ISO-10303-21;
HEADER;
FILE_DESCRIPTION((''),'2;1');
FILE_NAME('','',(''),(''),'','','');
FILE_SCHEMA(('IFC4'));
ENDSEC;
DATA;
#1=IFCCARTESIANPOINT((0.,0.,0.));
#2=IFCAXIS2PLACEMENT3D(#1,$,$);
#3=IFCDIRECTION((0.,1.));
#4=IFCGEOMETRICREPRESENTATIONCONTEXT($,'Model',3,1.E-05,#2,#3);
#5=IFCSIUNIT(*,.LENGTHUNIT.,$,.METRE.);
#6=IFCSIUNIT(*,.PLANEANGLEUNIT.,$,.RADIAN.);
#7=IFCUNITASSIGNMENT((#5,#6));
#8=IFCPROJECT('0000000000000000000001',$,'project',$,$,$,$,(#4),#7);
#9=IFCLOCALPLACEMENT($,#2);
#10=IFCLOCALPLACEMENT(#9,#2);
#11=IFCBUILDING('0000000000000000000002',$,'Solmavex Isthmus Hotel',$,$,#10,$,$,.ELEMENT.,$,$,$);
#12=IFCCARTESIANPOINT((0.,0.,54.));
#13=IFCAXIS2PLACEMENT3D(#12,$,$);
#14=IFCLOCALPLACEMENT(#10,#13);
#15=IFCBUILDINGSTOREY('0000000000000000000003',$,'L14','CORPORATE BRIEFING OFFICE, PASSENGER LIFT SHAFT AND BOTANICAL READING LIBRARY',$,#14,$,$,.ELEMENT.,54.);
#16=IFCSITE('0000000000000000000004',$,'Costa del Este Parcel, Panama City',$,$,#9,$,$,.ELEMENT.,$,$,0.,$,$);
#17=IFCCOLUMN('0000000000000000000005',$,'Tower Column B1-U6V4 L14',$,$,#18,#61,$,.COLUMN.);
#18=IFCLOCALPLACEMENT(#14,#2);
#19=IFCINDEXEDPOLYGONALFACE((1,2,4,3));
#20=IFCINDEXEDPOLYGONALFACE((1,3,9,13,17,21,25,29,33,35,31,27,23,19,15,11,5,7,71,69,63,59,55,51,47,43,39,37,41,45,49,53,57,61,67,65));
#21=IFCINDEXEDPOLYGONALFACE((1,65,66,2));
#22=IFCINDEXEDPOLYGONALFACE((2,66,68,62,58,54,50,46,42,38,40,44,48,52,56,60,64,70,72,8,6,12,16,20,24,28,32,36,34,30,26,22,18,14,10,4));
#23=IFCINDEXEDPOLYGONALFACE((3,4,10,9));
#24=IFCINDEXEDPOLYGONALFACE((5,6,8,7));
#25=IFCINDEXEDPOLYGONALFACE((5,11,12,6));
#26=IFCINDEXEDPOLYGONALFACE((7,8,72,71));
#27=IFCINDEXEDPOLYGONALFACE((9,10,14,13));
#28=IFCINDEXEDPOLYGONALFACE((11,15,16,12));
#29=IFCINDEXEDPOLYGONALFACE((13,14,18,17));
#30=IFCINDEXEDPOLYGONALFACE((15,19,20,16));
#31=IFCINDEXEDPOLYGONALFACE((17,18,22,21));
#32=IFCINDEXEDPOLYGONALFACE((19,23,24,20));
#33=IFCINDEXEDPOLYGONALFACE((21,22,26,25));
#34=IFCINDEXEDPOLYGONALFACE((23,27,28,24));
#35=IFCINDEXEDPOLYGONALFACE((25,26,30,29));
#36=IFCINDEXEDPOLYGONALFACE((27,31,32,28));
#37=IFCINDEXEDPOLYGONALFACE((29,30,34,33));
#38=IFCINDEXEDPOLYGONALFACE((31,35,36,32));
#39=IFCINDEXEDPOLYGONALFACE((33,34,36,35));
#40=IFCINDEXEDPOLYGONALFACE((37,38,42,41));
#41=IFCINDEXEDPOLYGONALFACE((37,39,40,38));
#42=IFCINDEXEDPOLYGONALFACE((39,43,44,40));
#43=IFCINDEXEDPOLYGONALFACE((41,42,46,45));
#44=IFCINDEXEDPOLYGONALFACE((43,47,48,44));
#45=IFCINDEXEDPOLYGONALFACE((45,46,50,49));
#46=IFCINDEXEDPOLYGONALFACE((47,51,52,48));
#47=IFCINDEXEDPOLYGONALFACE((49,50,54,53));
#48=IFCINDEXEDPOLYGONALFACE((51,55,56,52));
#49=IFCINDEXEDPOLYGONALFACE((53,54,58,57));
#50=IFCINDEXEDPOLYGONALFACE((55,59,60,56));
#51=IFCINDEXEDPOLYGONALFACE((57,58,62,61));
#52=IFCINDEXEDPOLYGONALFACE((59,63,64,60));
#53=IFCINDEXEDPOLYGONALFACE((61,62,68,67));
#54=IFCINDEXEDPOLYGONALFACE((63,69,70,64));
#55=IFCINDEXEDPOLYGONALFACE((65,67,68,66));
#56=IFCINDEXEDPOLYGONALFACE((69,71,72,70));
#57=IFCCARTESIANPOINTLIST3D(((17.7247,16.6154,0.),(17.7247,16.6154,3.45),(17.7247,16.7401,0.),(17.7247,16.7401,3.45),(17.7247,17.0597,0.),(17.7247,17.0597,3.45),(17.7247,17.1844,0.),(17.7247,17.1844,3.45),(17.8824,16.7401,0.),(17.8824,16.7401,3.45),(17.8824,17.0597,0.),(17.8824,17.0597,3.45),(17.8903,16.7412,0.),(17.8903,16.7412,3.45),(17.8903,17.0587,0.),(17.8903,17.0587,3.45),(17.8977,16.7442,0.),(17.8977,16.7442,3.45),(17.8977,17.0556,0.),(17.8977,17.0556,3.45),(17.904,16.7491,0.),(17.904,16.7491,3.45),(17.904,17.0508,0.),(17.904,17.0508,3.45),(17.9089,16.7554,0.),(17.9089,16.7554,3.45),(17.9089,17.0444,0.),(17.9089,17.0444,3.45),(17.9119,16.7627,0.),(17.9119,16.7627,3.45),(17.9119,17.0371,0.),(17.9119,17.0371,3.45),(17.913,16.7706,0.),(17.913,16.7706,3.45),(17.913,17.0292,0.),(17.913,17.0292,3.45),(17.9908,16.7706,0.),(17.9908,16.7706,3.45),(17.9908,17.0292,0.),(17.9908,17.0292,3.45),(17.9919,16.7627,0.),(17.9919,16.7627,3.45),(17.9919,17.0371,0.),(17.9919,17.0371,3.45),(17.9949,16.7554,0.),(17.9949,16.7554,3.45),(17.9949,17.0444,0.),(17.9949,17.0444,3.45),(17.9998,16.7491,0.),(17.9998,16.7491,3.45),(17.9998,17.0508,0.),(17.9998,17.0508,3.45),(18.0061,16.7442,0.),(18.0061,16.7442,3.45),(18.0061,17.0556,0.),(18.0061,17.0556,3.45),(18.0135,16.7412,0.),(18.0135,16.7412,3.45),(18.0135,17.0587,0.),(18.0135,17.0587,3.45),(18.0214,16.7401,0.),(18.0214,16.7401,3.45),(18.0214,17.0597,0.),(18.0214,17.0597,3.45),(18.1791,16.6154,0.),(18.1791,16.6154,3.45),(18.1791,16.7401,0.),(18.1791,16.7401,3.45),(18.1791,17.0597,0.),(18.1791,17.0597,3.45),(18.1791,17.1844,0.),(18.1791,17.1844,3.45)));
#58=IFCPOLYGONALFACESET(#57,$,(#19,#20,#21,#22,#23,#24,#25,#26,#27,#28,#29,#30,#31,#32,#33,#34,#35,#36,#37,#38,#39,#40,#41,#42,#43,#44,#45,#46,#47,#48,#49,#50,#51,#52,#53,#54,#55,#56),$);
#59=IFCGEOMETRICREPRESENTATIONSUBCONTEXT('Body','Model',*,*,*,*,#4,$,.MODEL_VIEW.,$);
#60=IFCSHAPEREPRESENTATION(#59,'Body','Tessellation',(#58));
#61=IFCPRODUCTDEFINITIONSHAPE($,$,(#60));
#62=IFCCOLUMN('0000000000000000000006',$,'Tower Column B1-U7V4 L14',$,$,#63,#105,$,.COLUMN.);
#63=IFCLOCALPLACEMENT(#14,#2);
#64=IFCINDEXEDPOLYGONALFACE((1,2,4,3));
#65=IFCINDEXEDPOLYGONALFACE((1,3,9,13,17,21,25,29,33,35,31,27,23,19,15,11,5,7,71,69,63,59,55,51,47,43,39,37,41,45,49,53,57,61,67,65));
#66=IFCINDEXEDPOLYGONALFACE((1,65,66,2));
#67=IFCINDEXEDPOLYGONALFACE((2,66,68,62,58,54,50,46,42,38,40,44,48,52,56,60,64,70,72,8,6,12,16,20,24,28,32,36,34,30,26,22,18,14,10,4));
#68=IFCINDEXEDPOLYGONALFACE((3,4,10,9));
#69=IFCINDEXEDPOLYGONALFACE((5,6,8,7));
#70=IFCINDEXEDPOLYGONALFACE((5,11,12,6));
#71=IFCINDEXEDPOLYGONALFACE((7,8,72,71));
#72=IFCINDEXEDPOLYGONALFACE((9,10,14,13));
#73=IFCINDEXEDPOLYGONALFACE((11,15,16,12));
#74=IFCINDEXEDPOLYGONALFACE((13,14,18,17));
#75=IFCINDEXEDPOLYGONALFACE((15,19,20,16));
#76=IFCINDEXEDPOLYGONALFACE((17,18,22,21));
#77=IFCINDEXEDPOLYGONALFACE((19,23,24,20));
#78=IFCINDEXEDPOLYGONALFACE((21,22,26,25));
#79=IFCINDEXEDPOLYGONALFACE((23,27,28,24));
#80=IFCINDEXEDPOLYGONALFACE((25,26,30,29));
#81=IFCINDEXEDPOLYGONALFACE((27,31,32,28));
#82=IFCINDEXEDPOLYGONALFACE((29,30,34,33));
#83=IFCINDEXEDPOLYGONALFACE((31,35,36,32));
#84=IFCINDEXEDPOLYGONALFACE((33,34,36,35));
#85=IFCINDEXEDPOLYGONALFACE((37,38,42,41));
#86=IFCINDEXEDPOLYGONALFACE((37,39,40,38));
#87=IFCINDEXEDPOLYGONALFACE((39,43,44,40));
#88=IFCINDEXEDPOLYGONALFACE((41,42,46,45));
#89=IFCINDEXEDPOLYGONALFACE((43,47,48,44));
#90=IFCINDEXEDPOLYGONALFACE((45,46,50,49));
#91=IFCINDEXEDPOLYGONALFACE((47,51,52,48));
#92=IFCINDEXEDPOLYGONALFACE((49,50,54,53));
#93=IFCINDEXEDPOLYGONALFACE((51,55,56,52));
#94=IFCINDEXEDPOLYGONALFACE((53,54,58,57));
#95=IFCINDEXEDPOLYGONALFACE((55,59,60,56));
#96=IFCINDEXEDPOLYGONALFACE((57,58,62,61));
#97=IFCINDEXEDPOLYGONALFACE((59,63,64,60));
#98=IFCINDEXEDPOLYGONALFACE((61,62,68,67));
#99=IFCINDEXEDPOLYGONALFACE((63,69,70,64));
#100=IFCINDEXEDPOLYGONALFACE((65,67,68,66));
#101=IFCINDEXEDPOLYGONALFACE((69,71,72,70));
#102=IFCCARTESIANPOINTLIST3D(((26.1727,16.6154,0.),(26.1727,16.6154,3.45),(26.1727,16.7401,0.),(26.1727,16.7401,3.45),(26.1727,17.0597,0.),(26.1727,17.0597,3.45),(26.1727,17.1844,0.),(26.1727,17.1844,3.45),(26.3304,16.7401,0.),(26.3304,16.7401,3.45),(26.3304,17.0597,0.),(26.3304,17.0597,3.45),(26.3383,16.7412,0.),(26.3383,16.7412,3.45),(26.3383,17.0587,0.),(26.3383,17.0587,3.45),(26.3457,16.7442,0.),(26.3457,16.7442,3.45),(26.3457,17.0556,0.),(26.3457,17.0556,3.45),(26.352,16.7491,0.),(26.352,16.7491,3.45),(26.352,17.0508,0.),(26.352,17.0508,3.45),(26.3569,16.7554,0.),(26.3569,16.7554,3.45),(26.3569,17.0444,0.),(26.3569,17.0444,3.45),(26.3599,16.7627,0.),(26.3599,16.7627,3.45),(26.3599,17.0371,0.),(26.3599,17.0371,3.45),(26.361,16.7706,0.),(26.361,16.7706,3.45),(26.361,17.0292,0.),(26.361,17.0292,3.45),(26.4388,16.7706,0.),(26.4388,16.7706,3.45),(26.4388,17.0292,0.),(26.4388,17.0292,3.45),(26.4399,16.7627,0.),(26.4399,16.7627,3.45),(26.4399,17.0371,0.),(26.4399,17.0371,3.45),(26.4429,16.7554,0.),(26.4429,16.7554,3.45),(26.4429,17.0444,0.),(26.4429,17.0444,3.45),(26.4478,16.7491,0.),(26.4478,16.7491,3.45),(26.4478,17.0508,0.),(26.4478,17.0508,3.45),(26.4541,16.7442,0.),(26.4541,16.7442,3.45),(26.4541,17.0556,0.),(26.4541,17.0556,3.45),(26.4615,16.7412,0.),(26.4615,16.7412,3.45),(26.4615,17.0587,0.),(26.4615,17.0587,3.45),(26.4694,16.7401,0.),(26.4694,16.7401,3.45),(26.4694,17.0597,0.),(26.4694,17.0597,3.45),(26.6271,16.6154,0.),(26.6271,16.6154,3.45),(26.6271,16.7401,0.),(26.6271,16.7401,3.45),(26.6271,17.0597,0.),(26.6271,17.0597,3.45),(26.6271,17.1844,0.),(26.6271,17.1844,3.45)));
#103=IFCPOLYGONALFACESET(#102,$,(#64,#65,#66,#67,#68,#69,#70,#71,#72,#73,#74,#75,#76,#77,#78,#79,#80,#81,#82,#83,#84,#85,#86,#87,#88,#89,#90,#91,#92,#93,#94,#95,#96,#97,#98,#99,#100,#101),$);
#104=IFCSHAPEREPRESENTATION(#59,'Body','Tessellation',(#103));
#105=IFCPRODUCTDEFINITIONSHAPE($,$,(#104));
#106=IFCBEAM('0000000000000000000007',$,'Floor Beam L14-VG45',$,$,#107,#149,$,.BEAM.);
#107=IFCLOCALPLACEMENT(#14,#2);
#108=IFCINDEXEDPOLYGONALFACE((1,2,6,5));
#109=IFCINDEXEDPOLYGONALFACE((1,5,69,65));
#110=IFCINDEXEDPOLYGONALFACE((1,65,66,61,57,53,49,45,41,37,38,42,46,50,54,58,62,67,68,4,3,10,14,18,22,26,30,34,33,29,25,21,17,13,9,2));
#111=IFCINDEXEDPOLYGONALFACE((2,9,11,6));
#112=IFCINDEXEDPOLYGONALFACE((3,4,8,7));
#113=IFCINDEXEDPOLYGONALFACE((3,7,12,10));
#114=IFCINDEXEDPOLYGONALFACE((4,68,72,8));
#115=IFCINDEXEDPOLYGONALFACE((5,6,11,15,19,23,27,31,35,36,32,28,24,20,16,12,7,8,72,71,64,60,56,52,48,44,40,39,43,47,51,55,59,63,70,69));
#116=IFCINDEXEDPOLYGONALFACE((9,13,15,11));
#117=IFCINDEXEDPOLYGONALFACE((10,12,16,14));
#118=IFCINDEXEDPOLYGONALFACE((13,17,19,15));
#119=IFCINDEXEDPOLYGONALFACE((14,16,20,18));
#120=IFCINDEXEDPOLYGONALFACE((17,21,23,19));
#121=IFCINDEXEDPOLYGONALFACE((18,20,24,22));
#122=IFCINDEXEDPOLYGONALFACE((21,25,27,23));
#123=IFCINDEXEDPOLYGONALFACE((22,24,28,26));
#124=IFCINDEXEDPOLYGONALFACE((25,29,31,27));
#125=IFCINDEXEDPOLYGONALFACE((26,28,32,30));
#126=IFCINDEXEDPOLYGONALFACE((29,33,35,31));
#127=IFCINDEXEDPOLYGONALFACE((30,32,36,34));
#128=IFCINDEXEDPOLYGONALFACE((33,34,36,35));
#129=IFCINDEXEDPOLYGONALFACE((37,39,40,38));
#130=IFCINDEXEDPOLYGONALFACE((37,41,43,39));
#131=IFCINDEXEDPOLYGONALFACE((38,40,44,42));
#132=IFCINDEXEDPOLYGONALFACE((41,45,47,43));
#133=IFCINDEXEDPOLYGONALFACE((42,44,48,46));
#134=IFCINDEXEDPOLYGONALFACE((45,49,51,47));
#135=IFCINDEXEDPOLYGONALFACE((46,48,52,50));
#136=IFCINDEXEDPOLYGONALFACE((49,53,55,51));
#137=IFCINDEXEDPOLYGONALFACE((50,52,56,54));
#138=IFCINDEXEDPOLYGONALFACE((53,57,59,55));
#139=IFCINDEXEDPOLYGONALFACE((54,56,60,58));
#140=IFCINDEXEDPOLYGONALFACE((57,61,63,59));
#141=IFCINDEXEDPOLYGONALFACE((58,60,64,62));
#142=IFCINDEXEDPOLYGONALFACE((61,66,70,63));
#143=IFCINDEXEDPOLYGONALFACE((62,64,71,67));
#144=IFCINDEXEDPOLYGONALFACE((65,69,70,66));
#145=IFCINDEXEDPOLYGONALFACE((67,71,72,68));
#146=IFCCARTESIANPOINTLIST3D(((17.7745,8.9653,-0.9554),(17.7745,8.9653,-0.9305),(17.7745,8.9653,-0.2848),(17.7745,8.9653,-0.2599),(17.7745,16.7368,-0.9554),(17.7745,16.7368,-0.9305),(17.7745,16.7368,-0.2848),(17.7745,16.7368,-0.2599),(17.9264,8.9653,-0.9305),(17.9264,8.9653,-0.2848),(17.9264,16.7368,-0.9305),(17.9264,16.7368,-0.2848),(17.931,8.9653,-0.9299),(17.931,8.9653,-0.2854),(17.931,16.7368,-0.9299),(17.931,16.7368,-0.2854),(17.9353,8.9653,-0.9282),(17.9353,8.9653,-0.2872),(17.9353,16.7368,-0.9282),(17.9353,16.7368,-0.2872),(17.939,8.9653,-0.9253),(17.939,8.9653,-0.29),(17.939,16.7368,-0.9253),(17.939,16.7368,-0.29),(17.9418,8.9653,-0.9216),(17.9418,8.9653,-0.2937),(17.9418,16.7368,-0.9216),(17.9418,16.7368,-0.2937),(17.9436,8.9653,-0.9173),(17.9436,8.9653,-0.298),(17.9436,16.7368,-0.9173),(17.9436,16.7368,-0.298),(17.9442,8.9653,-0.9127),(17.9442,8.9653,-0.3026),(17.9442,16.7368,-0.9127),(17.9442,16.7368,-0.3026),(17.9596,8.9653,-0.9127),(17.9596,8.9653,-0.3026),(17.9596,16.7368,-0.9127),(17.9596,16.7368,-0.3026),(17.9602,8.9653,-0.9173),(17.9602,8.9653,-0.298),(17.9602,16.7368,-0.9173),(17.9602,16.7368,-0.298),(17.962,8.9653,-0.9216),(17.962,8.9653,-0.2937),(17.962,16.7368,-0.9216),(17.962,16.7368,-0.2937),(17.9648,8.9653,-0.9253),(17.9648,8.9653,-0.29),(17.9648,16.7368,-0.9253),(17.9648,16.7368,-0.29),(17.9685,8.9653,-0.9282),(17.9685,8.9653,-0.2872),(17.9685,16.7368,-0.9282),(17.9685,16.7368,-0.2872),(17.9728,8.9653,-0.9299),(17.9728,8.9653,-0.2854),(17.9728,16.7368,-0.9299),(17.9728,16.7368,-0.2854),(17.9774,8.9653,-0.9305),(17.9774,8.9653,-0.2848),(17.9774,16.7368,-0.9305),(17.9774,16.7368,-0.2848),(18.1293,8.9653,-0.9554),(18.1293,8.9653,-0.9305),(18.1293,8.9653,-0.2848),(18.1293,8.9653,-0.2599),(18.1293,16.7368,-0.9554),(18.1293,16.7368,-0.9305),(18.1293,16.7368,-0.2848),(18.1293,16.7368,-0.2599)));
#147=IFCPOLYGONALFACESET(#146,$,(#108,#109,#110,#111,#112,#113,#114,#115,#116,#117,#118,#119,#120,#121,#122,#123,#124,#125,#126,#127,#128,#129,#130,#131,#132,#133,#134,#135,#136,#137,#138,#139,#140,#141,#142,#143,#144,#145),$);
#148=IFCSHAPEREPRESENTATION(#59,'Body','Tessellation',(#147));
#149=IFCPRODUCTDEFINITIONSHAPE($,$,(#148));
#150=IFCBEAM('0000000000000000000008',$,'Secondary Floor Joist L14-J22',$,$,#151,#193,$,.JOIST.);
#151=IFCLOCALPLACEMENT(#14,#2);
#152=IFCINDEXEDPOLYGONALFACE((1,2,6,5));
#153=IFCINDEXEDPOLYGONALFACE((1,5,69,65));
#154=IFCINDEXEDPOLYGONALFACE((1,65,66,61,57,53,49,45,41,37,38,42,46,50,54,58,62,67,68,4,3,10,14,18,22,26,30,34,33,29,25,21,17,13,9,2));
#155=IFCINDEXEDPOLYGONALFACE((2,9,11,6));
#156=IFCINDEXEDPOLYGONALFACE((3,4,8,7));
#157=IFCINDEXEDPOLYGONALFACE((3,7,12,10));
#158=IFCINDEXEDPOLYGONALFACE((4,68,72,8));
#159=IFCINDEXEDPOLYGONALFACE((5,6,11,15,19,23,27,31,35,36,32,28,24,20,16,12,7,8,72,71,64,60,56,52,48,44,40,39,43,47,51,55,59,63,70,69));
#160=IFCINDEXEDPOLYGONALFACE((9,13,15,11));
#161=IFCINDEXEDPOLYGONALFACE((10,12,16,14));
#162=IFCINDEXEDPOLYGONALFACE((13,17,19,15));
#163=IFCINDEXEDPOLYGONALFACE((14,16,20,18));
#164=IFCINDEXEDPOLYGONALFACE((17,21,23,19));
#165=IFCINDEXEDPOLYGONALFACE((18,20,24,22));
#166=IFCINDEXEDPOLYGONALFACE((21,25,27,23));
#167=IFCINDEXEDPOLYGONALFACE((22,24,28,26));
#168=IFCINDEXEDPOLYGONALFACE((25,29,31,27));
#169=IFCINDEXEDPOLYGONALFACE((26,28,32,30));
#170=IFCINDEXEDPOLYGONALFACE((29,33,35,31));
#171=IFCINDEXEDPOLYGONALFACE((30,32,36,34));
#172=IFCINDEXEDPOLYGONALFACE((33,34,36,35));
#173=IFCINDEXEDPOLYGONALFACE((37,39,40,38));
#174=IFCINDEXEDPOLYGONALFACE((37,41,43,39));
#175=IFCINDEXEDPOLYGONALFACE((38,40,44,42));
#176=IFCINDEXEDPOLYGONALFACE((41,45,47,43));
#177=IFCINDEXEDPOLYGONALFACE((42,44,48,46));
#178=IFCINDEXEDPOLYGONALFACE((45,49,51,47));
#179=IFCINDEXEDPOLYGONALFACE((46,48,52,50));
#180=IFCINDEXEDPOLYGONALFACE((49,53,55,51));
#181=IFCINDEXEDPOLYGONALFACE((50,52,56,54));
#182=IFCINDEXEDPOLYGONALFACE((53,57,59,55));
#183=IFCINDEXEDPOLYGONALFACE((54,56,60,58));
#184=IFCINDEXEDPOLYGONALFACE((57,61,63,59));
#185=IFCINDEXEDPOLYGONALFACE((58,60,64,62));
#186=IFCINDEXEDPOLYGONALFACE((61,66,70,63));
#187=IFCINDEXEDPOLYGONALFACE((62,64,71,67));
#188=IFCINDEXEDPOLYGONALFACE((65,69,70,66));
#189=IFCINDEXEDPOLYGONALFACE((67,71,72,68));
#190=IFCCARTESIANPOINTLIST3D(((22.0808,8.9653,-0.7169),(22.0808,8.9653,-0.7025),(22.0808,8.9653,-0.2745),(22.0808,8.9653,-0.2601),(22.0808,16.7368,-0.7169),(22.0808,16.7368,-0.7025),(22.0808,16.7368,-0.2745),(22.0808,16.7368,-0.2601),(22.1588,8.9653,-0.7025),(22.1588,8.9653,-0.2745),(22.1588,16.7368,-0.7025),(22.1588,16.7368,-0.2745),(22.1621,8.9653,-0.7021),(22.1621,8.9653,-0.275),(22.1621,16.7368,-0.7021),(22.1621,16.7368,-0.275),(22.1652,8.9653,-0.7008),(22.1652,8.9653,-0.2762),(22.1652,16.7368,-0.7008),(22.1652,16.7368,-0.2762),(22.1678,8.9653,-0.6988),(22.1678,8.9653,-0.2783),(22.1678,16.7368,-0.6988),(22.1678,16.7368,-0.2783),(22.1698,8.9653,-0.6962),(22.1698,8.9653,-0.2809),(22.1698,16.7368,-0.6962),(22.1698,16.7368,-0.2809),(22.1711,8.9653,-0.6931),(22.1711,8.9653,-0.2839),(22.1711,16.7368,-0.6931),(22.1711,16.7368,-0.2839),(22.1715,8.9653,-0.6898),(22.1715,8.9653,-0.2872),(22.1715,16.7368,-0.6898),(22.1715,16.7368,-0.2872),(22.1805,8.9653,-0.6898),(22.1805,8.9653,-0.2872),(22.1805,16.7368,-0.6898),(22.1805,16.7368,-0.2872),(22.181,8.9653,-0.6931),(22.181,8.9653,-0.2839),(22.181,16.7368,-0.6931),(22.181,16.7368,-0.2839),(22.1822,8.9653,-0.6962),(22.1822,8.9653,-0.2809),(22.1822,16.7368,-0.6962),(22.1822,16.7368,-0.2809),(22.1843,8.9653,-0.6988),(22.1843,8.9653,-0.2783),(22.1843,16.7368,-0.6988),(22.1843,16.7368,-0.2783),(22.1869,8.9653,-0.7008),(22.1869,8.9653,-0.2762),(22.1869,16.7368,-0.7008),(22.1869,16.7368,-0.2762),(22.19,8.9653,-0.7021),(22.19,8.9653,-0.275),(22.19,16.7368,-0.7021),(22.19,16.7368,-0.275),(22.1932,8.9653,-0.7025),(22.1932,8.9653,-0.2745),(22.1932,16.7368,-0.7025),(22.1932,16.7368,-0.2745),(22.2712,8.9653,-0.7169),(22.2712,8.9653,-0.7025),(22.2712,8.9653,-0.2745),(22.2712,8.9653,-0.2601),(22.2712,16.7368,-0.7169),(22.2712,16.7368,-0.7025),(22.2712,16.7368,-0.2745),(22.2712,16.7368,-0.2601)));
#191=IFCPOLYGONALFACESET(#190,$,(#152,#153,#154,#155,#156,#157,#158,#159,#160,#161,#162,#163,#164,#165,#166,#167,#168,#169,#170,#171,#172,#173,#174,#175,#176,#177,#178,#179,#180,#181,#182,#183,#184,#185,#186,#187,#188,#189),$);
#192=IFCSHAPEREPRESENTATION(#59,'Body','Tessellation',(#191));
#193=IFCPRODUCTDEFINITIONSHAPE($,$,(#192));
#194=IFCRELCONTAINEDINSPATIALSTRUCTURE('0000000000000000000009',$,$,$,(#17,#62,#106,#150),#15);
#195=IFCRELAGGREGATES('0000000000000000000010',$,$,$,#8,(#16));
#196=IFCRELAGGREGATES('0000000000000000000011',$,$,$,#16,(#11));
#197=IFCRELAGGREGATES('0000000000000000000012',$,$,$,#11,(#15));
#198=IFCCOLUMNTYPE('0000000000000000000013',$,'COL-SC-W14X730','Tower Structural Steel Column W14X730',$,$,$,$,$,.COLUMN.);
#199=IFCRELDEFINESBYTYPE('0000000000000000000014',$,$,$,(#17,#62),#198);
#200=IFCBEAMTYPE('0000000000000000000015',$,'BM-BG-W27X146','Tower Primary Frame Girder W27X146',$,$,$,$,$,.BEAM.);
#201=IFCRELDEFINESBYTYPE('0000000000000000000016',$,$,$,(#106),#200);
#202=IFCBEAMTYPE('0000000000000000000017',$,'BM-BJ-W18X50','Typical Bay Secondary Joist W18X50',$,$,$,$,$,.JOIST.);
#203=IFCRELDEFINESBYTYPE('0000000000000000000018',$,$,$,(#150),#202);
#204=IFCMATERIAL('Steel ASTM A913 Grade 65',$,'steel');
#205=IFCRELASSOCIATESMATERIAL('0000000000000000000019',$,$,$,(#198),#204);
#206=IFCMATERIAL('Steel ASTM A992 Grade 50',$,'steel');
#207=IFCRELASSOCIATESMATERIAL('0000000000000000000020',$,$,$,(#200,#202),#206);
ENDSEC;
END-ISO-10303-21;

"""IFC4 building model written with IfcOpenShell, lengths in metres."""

from ifc_helpers import new_model, si_unit, direction, frame, origin, origin_2d, place, context, subcontext, project, spatial, i_section, extrude, material, material_profile, profile_set, type_object, element, save


model = new_model("IFC4")

# Units and contexts
model_context = context("Model", 3, precision=1e-05, world=origin(), true_north=direction((0.0, 1.0)))
body_context = subcontext(model_context, "Body", "Model", "MODEL_VIEW")
ifc_project = project(units=[si_unit("LENGTHUNIT", "METRE"), si_unit("PLANEANGLEUNIT", "RADIAN")], contexts=[model_context])

# Site, building, storey
site_placement = place(None, origin())
site = spatial("IfcSite", under=ifc_project, at=site_placement, Name="Costa del Este Parcel, Panama City", CompositionType="ELEMENT", RefElevation=0.0)
building_placement = place(site_placement, origin())
building = spatial("IfcBuilding", under=site, at=building_placement, Name="Solmavex Isthmus Hotel", CompositionType="ELEMENT")
storey_placement = place(building_placement, frame((0.0, 0.0, 54.0)))
storey = spatial("IfcBuildingStorey", under=building, at=storey_placement, Name="L14", Description="CORPORATE BRIEFING OFFICE, PASSENGER LIFT SHAFT AND BOTANICAL READING LIBRARY", CompositionType="ELEMENT", Elevation=54.0)

# Columns
ifc_material_1 = material(Name="Steel ASTM A913 Grade 65", Category="steel")
ifc_material_profile_1 = material_profile(ifc_material_1, i_section(OverallWidth=0.4543, OverallDepth=0.5691, WebThickness=0.0779, FlangeThickness=0.1248, FilletRadius=0.0305, at=origin_2d()), Name="W14X730")
ifc_profile_set_1 = profile_set([ifc_material_profile_1], Name="Steel ASTM A913 Grade 65")
column_type = type_object("IfcColumnType", Name="COL-SC-W14X730", Description="Tower Structural Steel Column W14X730", PredefinedType="COLUMN", material=ifc_profile_set_1)
for number, where, z_axis, x_axis, name in (
    (1, (17.9519, 16.8999, 0.0), (0.0, 0.0, 1.0), (1.0, 0.0, 0.0), "Tower Column B1-U6V4 L14"),
    (2, (26.3999, 16.8999, 0.0), (0.0, 0.0, 1.0), (1.0, 0.0, 0.0), "Tower Column B1-U7V4 L14"),
):
    element("IfcColumn", number, at=place(storey_placement, frame(where, z_axis=z_axis, x_axis=x_axis)), inside=storey, type_object=column_type, Name=name, PredefinedType="COLUMN", context=body_context, shape_type="SweptSolid", body=[
        extrude(i_section(OverallWidth=0.4543, OverallDepth=0.5691, WebThickness=0.0779, FlangeThickness=0.1248, FilletRadius=0.0305, at=origin_2d()), origin(), (0.0, 0.0, 1.0), 3.45),
    ])

# Beams
ifc_material_2 = material(Name="Steel ASTM A992 Grade 50", Category="steel")
ifc_material_profile_2 = material_profile(ifc_material_2, i_section(OverallWidth=0.3547, OverallDepth=0.6956, WebThickness=0.0154, FlangeThickness=0.0249, FilletRadius=0.0178, at=origin_2d()), Name="W27X146")
ifc_profile_set_2 = profile_set([ifc_material_profile_2], Name="Steel ASTM A992 Grade 50")
beam_type_1 = type_object("IfcBeamType", Name="BM-BG-W27X146", Description="Tower Primary Frame Girder W27X146", PredefinedType="BEAM", material=ifc_profile_set_2)
beam_1_placement = place(storey_placement, frame((17.9519, 8.9653, -0.6077), z_axis=(0.0, 1.0, 0.0), x_axis=(-1.0, 0.0, 0.0)))
element("IfcBeam", 3, at=beam_1_placement, inside=storey, type_object=beam_type_1, Name="Floor Beam L14-VG45", PredefinedType="BEAM", context=body_context, shape_type="SweptSolid", body=[
    extrude(i_section(OverallWidth=0.3547, OverallDepth=0.6956, WebThickness=0.0154, FlangeThickness=0.0249, FilletRadius=0.0178, at=origin_2d()), origin(), (0.0, 0.0, 1.0), 7.7715),
])
ifc_material_profile_3 = material_profile(ifc_material_2, i_section(OverallWidth=0.1904, OverallDepth=0.4568, WebThickness=0.009, FlangeThickness=0.0144, FilletRadius=0.0127, at=origin_2d()), Name="W18X50")
ifc_profile_set_3 = profile_set([ifc_material_profile_3], Name="Steel ASTM A992 Grade 50")
beam_type_2 = type_object("IfcBeamType", Name="BM-BJ-W18X50", Description="Typical Bay Secondary Joist W18X50", PredefinedType="JOIST", material=ifc_profile_set_3)
beam_2_placement = place(storey_placement, frame((22.176, 8.9653, -0.4885), z_axis=(0.0, 1.0, 0.0), x_axis=(-1.0, 0.0, 0.0)))
element("IfcBeam", 4, at=beam_2_placement, inside=storey, type_object=beam_type_2, Name="Secondary Floor Joist L14-J22", PredefinedType="JOIST", context=body_context, shape_type="SweptSolid", body=[
    extrude(i_section(OverallWidth=0.1904, OverallDepth=0.4568, WebThickness=0.009, FlangeThickness=0.0144, FilletRadius=0.0127, at=origin_2d()), origin(), (0.0, 0.0, 1.0), 7.7715),
])

save(model, "model.ifc")
